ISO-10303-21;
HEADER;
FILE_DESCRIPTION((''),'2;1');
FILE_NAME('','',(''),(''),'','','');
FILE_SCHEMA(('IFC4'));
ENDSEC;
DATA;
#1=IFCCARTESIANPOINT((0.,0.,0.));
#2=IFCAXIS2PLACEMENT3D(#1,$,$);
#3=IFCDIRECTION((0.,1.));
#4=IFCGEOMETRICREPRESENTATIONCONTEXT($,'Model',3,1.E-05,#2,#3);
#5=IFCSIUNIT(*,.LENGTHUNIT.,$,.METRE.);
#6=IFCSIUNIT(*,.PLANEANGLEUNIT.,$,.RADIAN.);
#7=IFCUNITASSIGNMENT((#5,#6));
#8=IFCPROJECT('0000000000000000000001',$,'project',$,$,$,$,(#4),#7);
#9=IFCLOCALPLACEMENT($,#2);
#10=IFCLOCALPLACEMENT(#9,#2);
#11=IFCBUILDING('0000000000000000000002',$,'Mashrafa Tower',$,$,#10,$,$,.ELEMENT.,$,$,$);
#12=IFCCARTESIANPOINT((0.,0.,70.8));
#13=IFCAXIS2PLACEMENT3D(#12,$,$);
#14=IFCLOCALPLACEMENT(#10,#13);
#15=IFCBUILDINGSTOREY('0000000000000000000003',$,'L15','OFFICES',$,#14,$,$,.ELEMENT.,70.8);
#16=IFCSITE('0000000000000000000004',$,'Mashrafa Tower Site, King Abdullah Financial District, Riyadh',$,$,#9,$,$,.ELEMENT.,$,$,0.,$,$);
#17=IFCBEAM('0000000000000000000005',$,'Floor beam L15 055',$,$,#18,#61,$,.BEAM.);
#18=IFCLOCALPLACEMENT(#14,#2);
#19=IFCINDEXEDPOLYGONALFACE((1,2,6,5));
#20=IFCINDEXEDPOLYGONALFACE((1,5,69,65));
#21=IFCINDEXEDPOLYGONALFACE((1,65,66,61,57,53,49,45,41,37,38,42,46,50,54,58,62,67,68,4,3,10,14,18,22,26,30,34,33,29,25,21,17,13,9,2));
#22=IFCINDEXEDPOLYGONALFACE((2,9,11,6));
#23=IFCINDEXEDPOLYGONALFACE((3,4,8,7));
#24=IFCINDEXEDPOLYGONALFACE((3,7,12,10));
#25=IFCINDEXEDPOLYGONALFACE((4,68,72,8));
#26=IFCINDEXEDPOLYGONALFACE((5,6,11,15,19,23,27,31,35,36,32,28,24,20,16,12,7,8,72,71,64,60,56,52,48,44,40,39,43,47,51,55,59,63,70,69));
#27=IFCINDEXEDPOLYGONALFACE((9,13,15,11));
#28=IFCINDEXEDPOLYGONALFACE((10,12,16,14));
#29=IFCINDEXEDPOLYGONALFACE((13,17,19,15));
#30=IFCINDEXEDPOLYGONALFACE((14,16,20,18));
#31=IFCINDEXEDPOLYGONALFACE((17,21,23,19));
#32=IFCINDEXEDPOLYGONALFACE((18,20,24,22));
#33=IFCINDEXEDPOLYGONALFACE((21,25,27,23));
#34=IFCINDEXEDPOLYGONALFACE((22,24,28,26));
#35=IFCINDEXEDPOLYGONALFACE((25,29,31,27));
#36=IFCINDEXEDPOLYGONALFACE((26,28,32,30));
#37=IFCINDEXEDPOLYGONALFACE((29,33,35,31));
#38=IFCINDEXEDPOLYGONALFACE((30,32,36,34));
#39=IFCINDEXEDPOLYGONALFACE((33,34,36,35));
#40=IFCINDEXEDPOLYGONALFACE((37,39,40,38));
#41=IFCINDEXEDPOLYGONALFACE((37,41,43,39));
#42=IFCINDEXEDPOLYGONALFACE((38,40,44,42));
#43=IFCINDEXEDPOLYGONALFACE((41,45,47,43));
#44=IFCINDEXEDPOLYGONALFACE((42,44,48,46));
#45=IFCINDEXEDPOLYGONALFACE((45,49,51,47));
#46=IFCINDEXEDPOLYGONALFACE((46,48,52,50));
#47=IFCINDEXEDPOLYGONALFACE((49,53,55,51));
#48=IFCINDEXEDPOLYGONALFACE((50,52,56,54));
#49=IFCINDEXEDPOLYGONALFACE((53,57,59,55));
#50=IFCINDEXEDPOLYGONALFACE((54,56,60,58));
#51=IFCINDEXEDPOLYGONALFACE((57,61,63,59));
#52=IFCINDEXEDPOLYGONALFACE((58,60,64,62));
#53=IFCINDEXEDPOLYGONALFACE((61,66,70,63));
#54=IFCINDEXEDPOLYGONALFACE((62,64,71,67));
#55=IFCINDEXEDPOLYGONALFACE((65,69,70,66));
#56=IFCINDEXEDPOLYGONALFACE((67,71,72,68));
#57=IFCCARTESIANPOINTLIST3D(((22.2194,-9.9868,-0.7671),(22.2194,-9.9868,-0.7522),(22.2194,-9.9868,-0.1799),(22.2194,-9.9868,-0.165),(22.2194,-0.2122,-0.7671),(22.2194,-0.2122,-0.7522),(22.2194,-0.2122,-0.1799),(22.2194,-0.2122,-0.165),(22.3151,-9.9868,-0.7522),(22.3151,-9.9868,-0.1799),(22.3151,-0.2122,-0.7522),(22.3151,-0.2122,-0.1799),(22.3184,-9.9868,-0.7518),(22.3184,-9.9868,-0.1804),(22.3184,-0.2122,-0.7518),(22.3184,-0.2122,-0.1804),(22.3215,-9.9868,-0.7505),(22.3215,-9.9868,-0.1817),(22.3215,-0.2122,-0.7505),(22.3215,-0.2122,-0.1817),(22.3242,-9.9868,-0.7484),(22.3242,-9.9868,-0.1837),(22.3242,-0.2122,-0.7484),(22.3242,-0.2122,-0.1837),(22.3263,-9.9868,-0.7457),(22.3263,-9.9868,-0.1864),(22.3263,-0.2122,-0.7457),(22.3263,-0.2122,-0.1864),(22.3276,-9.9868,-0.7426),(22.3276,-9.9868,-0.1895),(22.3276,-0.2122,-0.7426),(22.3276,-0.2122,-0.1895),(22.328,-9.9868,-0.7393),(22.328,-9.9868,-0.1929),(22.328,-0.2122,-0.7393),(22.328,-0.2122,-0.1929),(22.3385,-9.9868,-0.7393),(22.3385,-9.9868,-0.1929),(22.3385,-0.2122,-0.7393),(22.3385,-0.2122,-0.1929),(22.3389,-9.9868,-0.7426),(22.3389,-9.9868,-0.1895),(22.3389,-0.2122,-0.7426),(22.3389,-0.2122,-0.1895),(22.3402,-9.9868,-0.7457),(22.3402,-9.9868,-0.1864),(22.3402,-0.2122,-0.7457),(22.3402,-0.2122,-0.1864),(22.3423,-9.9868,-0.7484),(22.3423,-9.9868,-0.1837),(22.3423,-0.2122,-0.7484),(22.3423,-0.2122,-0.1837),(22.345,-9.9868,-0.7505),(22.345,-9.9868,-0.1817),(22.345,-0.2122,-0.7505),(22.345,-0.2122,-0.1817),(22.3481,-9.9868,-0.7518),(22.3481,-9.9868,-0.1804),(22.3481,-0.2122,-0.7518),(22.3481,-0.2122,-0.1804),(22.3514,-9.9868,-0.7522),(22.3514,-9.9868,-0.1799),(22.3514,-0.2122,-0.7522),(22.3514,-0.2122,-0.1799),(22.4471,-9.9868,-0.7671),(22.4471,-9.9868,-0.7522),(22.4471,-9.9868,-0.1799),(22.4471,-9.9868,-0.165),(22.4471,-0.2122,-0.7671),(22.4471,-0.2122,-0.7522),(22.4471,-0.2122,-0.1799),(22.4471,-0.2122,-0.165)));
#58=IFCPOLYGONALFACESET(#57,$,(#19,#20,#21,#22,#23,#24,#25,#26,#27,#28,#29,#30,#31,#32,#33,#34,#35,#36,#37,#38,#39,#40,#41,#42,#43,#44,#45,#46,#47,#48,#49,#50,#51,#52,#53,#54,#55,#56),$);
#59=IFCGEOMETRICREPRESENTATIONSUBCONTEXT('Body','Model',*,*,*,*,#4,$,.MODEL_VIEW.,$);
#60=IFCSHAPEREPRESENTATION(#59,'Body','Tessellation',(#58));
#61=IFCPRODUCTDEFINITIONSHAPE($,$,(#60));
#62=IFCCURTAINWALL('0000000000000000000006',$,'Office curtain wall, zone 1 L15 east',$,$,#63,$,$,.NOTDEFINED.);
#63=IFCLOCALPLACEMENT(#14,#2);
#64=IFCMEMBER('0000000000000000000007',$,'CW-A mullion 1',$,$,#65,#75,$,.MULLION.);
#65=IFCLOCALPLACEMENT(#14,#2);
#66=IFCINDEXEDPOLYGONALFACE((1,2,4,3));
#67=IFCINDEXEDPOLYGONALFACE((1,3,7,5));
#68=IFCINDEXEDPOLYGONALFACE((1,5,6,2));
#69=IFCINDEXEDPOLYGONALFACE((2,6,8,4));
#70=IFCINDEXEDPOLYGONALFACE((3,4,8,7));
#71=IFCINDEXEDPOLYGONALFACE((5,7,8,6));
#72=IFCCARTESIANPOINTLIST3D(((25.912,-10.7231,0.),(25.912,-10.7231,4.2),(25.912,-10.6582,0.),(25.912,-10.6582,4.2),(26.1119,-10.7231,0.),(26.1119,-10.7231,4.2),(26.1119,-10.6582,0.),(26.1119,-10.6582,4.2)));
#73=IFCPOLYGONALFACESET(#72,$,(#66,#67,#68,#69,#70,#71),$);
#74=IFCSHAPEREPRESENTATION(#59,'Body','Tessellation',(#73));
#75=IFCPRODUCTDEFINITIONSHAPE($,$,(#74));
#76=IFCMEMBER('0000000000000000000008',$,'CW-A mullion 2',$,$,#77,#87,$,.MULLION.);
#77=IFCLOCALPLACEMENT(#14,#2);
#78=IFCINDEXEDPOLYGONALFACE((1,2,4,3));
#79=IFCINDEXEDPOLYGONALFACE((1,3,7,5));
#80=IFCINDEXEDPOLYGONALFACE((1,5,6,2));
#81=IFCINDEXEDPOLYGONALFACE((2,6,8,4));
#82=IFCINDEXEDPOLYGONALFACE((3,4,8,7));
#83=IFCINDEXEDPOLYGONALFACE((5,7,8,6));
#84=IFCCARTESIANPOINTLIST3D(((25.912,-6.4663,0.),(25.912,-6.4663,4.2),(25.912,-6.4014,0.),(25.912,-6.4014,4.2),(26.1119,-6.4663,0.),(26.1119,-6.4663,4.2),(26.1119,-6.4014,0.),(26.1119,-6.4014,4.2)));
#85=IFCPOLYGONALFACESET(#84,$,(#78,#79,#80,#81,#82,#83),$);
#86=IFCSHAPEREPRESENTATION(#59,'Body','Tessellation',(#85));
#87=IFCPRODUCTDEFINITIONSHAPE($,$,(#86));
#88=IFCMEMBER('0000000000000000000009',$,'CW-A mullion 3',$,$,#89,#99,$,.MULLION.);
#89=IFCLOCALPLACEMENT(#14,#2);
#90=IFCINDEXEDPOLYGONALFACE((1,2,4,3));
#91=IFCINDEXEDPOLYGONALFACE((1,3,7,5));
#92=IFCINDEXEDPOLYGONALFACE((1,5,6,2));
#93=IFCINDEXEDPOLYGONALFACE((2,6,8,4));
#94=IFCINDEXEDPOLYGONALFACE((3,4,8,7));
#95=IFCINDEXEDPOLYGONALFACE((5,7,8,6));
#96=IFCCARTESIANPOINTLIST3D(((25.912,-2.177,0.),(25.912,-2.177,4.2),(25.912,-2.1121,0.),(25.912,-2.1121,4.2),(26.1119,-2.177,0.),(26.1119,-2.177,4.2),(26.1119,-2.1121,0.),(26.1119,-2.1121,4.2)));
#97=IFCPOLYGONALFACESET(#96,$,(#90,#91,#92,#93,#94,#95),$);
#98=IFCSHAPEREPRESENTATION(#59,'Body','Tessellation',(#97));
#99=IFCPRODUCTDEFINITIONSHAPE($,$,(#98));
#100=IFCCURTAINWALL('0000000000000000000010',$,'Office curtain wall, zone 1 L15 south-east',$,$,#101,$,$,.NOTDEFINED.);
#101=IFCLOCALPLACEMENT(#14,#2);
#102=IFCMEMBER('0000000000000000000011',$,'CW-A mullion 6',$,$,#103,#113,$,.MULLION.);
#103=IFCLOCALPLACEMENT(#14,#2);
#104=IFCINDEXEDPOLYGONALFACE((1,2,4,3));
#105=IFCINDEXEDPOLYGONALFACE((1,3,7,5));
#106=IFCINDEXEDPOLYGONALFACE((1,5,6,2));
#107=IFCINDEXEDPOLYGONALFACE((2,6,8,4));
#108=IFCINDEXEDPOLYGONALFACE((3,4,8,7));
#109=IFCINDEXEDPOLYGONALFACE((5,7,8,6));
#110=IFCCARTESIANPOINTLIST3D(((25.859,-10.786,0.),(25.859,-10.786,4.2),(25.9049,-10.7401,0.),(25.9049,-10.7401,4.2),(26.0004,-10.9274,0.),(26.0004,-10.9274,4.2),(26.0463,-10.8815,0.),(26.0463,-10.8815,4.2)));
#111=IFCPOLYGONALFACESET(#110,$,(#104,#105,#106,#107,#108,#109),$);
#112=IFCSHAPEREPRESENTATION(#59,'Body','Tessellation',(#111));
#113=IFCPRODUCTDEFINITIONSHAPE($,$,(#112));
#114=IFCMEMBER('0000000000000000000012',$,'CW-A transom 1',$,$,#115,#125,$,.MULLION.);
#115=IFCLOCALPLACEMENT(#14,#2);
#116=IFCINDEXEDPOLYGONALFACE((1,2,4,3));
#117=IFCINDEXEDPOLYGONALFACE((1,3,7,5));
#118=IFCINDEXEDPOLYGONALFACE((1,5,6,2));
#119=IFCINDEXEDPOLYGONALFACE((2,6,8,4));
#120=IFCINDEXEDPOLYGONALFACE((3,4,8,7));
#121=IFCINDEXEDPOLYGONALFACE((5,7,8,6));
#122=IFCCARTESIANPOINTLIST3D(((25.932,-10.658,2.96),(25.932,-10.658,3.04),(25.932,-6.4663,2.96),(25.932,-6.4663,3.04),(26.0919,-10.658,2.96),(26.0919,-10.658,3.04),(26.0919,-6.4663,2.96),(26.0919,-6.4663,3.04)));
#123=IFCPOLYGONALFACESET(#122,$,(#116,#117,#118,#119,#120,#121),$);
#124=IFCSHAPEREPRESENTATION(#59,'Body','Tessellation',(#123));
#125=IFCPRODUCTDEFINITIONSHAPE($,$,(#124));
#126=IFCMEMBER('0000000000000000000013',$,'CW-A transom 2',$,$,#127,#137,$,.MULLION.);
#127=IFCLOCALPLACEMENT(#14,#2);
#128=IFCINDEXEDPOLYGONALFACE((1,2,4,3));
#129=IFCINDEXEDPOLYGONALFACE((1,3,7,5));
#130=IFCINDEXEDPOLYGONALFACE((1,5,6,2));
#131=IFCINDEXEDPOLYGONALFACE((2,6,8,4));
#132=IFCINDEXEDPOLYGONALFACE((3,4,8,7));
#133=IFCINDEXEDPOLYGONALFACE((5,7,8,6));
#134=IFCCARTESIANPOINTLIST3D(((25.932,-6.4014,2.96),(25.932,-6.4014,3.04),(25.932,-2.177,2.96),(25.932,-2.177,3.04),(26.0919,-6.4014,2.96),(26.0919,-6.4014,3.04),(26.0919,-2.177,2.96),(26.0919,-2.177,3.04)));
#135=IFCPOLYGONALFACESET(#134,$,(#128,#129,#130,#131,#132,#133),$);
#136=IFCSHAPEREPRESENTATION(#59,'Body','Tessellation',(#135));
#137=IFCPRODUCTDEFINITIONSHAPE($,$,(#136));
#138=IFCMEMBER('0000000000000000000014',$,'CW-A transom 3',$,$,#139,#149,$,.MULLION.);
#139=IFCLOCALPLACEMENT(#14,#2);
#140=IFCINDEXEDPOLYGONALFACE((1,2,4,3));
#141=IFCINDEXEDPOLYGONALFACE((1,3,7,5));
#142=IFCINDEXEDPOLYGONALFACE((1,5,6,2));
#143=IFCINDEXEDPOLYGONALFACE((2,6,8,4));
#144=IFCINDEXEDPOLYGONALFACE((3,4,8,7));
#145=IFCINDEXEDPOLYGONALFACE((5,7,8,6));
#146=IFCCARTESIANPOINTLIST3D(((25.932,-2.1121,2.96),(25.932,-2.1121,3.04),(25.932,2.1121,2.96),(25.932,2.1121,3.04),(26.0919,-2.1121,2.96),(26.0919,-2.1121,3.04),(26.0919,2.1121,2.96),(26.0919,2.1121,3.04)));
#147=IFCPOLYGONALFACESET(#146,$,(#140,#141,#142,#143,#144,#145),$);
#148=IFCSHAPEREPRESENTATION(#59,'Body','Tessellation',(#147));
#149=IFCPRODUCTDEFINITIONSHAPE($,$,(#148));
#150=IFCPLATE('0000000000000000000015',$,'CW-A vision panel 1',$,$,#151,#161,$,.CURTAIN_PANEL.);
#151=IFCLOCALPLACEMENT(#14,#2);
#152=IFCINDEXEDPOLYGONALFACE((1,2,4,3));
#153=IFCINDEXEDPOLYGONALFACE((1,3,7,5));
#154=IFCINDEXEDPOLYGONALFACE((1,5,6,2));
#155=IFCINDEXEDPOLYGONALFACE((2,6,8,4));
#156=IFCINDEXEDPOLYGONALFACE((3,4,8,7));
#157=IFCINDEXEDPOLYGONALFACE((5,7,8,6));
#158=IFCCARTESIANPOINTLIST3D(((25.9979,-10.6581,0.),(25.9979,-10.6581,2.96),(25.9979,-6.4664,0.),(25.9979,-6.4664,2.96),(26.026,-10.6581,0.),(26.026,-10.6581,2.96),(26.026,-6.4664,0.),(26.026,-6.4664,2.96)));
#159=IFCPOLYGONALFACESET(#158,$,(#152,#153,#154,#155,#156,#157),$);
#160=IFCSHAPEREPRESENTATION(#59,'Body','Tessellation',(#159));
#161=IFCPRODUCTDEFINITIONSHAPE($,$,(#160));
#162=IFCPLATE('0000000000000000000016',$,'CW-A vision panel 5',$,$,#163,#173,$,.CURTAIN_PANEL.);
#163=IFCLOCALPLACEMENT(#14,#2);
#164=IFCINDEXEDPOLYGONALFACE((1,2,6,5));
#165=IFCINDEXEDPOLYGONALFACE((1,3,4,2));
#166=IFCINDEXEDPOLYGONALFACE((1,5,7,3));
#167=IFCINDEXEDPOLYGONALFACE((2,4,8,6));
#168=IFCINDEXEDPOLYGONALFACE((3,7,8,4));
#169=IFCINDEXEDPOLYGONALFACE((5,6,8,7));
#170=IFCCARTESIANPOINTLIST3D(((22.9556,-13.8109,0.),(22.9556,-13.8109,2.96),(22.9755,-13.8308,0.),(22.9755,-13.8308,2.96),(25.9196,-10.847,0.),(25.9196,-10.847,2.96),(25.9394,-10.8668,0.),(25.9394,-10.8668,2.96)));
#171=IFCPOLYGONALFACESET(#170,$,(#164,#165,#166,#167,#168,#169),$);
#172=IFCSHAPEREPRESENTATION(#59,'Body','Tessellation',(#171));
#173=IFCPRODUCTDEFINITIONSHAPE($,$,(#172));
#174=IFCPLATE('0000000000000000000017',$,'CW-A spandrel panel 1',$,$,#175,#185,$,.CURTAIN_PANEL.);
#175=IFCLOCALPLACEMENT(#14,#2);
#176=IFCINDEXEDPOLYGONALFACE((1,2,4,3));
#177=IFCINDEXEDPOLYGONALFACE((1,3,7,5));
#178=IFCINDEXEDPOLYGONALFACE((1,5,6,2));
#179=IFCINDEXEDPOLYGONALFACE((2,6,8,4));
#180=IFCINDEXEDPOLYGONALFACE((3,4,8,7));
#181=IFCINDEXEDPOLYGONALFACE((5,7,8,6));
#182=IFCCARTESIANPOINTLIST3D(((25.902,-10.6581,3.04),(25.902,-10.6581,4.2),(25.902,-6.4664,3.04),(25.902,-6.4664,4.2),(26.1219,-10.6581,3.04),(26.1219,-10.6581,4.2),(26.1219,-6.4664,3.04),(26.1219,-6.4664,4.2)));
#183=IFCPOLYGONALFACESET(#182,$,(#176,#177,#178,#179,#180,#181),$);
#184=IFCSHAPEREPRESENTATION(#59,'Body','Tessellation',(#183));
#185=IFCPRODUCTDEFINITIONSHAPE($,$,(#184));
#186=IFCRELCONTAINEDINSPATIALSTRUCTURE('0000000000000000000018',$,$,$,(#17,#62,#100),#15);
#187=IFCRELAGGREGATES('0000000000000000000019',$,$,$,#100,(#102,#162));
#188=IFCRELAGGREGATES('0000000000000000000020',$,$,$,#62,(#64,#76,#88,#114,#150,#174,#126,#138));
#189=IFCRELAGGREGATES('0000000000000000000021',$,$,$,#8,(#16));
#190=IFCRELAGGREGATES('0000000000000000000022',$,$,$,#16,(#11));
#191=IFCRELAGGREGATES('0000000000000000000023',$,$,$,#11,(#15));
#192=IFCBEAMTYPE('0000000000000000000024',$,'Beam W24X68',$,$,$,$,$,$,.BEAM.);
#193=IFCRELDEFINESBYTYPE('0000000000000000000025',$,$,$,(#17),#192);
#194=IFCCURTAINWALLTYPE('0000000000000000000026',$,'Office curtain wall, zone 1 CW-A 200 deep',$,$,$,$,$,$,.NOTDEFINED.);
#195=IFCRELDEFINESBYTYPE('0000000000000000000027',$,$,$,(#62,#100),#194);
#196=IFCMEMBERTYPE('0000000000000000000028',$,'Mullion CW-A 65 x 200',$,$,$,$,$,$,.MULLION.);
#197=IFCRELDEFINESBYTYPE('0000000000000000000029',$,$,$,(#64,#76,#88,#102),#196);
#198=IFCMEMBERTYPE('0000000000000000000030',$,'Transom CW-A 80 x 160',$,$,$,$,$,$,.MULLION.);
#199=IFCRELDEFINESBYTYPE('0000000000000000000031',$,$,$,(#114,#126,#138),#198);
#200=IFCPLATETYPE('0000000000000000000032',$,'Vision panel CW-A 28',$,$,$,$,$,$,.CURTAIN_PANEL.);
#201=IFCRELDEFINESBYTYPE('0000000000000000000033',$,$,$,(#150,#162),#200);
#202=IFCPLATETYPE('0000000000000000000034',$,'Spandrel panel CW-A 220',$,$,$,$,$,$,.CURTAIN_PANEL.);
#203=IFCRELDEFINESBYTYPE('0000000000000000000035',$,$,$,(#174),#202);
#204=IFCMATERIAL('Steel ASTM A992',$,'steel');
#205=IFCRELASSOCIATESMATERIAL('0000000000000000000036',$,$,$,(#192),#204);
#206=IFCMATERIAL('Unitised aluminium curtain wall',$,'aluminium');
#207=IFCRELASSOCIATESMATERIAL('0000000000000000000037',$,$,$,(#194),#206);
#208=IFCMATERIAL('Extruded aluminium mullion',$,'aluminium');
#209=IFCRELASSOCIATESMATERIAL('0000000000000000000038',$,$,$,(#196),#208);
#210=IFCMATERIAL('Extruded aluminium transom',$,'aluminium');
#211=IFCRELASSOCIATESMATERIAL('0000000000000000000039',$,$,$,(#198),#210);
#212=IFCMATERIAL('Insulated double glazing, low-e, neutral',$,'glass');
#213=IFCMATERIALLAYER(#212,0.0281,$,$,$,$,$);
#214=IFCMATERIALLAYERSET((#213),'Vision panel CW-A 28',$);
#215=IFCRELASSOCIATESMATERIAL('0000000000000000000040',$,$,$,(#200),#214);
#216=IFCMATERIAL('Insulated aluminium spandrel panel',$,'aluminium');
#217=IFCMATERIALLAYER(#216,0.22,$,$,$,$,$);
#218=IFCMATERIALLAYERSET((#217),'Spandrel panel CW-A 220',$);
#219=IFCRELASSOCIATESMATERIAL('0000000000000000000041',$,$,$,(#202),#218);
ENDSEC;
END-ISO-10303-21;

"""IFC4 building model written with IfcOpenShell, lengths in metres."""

from ifc_helpers import new_model, si_unit, direction, frame, origin, origin_2d, place, context, subcontext, project, spatial, rectangle, i_section, extrude, source, transform, mapped, material, layer, layer_set, material_profile, profile_set, type_object, type_shapes, element, aggregate, save


model = new_model("IFC4")

# Units and contexts
model_context = context("Model", 3, precision=1e-05, world=origin(), true_north=direction((0.0, 1.0)))
body_context = subcontext(model_context, "Body", "Model", "MODEL_VIEW")
ifc_project = project(units=[si_unit("LENGTHUNIT", "METRE"), si_unit("PLANEANGLEUNIT", "RADIAN")], contexts=[model_context])

# Site, building, storey
site_placement = place(None, origin())
site = spatial("IfcSite", under=ifc_project, at=site_placement, Name="Mashrafa Tower Site, King Abdullah Financial District, Riyadh", CompositionType="ELEMENT", RefElevation=0.0)
building_placement = place(site_placement, origin())
building = spatial("IfcBuilding", under=site, at=building_placement, Name="Mashrafa Tower", CompositionType="ELEMENT")
storey_placement = place(building_placement, frame((0.0, 0.0, 70.8)))
storey = spatial("IfcBuildingStorey", under=building, at=storey_placement, Name="L15", Description="OFFICES", CompositionType="ELEMENT", Elevation=70.8)

# Beam
ifc_material_1 = material(Name="Steel ASTM A992", Category="steel")
ifc_material_profile_1 = material_profile(ifc_material_1, i_section(OverallWidth=0.2278, OverallDepth=0.6021, WebThickness=0.0105, FlangeThickness=0.0149, FilletRadius=0.0129, at=origin_2d()), Name="W24X68")
ifc_profile_set_1 = profile_set([ifc_material_profile_1], Name="Steel ASTM A992")
beam_type_1 = type_object("IfcBeamType", Name="Beam W24X68", PredefinedType="BEAM", material=ifc_profile_set_1)
beam_1_placement = place(storey_placement, frame((22.3333, -0.2122, -0.4661), z_axis=(0.0, -1.0, 0.0), x_axis=(1.0, 0.0, 0.0)))
element("IfcBeam", 1, at=beam_1_placement, inside=storey, type_object=beam_type_1, Name="Floor beam L15 055", PredefinedType="BEAM", context=body_context, shape_type="SweptSolid", body=[
    extrude(i_section(OverallWidth=0.2278, OverallDepth=0.6021, WebThickness=0.0105, FlangeThickness=0.0149, FilletRadius=0.0129, at=origin_2d()), origin(), (0.0, 0.0, 1.0), 9.7747),
])

# Curtain wall, members
ifc_material_2 = material(Name="Unitised aluminium curtain wall", Category="aluminium")
curtain_wall_type = type_object("IfcCurtainWallType", Name="Office curtain wall, zone 1 CW-A 200 deep", PredefinedType="NOTDEFINED", material=ifc_material_2)
curtain_wall_1_placement = place(storey_placement, origin())
curtain_wall_1 = element("IfcCurtainWall", 2, at=curtain_wall_1_placement, inside=storey, type_object=curtain_wall_type, Name="Office curtain wall, zone 1 L15 east", PredefinedType="NOTDEFINED")
ifc_material_3 = material(Name="Extruded aluminium mullion", Category="aluminium")
ifc_material_profile_2 = material_profile(ifc_material_3, rectangle(XDim=0.2, YDim=0.0649, at=origin_2d()), Name="Mullion 65x200")
ifc_profile_set_2 = profile_set([ifc_material_profile_2], Name="Extruded aluminium mullion")
member_type_1 = type_object("IfcMemberType", Name="Mullion CW-A 65 x 200", PredefinedType="MULLION", material=ifc_profile_set_2)
shared_shape_1 = source(origin(), body_context, "Body", "SweptSolid", [
    extrude(rectangle(XDim=0.2, YDim=0.0649, at=origin_2d()), origin(), (0.0, 0.0, 1.0), 4.2),
])
type_shapes(member_type_1, [shared_shape_1])
member_1_placement = place(storey_placement, frame((26.012, -10.6907, 0.0), z_axis=(0.0, 0.0, 1.0), x_axis=(-1.0, 0.0, 0.0)))
member_1 = element("IfcMember", 3, at=member_1_placement, type_object=member_type_1, Name="CW-A mullion 1", PredefinedType="MULLION", context=body_context, shape_type="MappedRepresentation", body=[
    mapped(shared_shape_1, transform((0.0, 0.0, 0.0))),
])
member_2_placement = place(storey_placement, frame((26.012, -6.4338, 0.0), z_axis=(0.0, 0.0, 1.0), x_axis=(-1.0, 0.0, 0.0)))
member_2 = element("IfcMember", 4, at=member_2_placement, type_object=member_type_1, Name="CW-A mullion 2", PredefinedType="MULLION", context=body_context, shape_type="MappedRepresentation", body=[
    mapped(shared_shape_1, transform((0.0, 0.0, 0.0))),
])
member_3_placement = place(storey_placement, frame((26.012, -2.1445, 0.0), z_axis=(0.0, 0.0, 1.0), x_axis=(-1.0, 0.0, 0.0)))
member_3 = element("IfcMember", 5, at=member_3_placement, type_object=member_type_1, Name="CW-A mullion 3", PredefinedType="MULLION", context=body_context, shape_type="MappedRepresentation", body=[
    mapped(shared_shape_1, transform((0.0, 0.0, 0.0))),
])

# Curtain wall, member
curtain_wall_2_placement = place(storey_placement, origin())
curtain_wall_2 = element("IfcCurtainWall", 6, at=curtain_wall_2_placement, inside=storey, type_object=curtain_wall_type, Name="Office curtain wall, zone 1 L15 south-east", PredefinedType="NOTDEFINED")
member_4_placement = place(storey_placement, frame((25.9526, -10.8337, 0.0), z_axis=(0.0, 0.0, 1.0), x_axis=(-0.707107, 0.707107, 0.0)))
member_4 = element("IfcMember", 7, at=member_4_placement, type_object=member_type_1, Name="CW-A mullion 6", PredefinedType="MULLION", context=body_context, shape_type="MappedRepresentation", body=[
    mapped(shared_shape_1, transform((0.0, 0.0, 0.0))),
])

# Members
ifc_material_4 = material(Name="Extruded aluminium transom", Category="aluminium")
ifc_material_profile_3 = material_profile(ifc_material_4, rectangle(XDim=0.1599, YDim=0.0801, at=origin_2d()), Name="Transom 80x160")
ifc_profile_set_3 = profile_set([ifc_material_profile_3], Name="Extruded aluminium transom")
member_type_2 = type_object("IfcMemberType", Name="Transom CW-A 80 x 160", PredefinedType="MULLION", material=ifc_profile_set_3)
shared_shape_2 = source(origin(), body_context, "Body", "SweptSolid", [
    extrude(rectangle(XDim=0.1599, YDim=0.0801, at=origin_2d()), origin(), (0.0, 0.0, 1.0), 4.1917),
])
member_5_placement = place(storey_placement, frame((26.012, -10.658, 3.0), z_axis=(0.0, 1.0, 0.0), x_axis=(-1.0, 0.0, 0.0)))
member_5 = element("IfcMember", 8, at=member_5_placement, type_object=member_type_2, Name="CW-A transom 1", PredefinedType="MULLION", context=body_context, shape_type="MappedRepresentation", body=[
    mapped(shared_shape_2, transform((0.0, 0.0, 0.0))),
])
shared_shape_3 = source(origin(), body_context, "Body", "SweptSolid", [
    extrude(rectangle(XDim=0.1599, YDim=0.0801, at=origin_2d()), origin(), (0.0, 0.0, 1.0), 4.2244),
])
member_6_placement = place(storey_placement, frame((26.012, -6.4014, 3.0), z_axis=(0.0, 1.0, 0.0), x_axis=(-1.0, 0.0, 0.0)))
member_6 = element("IfcMember", 9, at=member_6_placement, type_object=member_type_2, Name="CW-A transom 2", PredefinedType="MULLION", context=body_context, shape_type="MappedRepresentation", body=[
    mapped(shared_shape_3, transform((0.0, 0.0, 0.0))),
])
shared_shape_4 = source(origin(), body_context, "Body", "SweptSolid", [
    extrude(rectangle(XDim=0.1599, YDim=0.0801, at=origin_2d()), origin(), (0.0, 0.0, 1.0), 4.2241),
])
type_shapes(member_type_2, [shared_shape_2, shared_shape_3, shared_shape_4])
member_7_placement = place(storey_placement, frame((26.012, -2.1121, 3.0), z_axis=(0.0, 1.0, 0.0), x_axis=(-1.0, 0.0, 0.0)))
member_7 = element("IfcMember", 10, at=member_7_placement, type_object=member_type_2, Name="CW-A transom 3", PredefinedType="MULLION", context=body_context, shape_type="MappedRepresentation", body=[
    mapped(shared_shape_4, transform((0.0, 0.0, 0.0))),
])

# Plates
ifc_material_5 = material(Name="Insulated double glazing, low-e, neutral", Category="glass")
ifc_layer_1 = layer(ifc_material_5, 0.0281)
ifc_layer_set_1 = layer_set([ifc_layer_1], Name="Vision panel CW-A 28")
plate_type_1 = type_object("IfcPlateType", Name="Vision panel CW-A 28", PredefinedType="CURTAIN_PANEL", material=ifc_layer_set_1)
shared_shape_5 = source(origin(), body_context, "Body", "SweptSolid", [
    extrude(rectangle(XDim=4.1917, YDim=0.0281, at=origin_2d()), origin(), (0.0, 0.0, 1.0), 2.96),
])
plate_1_placement = place(storey_placement, frame((26.012, -8.5623, 0.0), z_axis=(0.0, 0.0, 1.0), x_axis=(0.0, 1.0, 0.0)))
plate_1 = element("IfcPlate", 11, at=plate_1_placement, type_object=plate_type_1, Name="CW-A vision panel 1", PredefinedType="CURTAIN_PANEL", context=body_context, shape_type="MappedRepresentation", body=[
    mapped(shared_shape_5, transform((0.0, 0.0, 0.0))),
])
plate_2_placement = place(storey_placement, frame((24.4475, -12.3389, 0.0), z_axis=(0.0, 0.0, 1.0), x_axis=(0.707107, 0.707107, 0.0)))
plate_2 = element("IfcPlate", 12, at=plate_2_placement, type_object=plate_type_1, Name="CW-A vision panel 5", PredefinedType="CURTAIN_PANEL", context=body_context, shape_type="MappedRepresentation", body=[
    mapped(shared_shape_5, transform((0.0, 0.0, 0.0))),
])
ifc_material_6 = material(Name="Insulated aluminium spandrel panel", Category="aluminium")
ifc_layer_2 = layer(ifc_material_6, 0.22)
ifc_layer_set_2 = layer_set([ifc_layer_2], Name="Spandrel panel CW-A 220")
plate_type_2 = type_object("IfcPlateType", Name="Spandrel panel CW-A 220", PredefinedType="CURTAIN_PANEL", material=ifc_layer_set_2)
shared_shape_6 = source(origin(), body_context, "Body", "SweptSolid", [
    extrude(rectangle(XDim=4.1917, YDim=0.22, at=origin_2d()), origin(), (0.0, 0.0, 1.0), 1.1599),
])
plate_3_placement = place(storey_placement, frame((26.012, -8.5623, 3.04), z_axis=(0.0, 0.0, 1.0), x_axis=(0.0, 1.0, 0.0)))
plate_3 = element("IfcPlate", 13, at=plate_3_placement, type_object=plate_type_2, Name="CW-A spandrel panel 1", PredefinedType="CURTAIN_PANEL", context=body_context, shape_type="MappedRepresentation", body=[
    mapped(shared_shape_6, transform((0.0, 0.0, 0.0))),
])
aggregate(curtain_wall_2, [member_4, plate_2])
aggregate(curtain_wall_1, [member_1, member_2, member_3, member_5, plate_1, plate_3, member_6, member_7])

save(model, "model.ifc")
